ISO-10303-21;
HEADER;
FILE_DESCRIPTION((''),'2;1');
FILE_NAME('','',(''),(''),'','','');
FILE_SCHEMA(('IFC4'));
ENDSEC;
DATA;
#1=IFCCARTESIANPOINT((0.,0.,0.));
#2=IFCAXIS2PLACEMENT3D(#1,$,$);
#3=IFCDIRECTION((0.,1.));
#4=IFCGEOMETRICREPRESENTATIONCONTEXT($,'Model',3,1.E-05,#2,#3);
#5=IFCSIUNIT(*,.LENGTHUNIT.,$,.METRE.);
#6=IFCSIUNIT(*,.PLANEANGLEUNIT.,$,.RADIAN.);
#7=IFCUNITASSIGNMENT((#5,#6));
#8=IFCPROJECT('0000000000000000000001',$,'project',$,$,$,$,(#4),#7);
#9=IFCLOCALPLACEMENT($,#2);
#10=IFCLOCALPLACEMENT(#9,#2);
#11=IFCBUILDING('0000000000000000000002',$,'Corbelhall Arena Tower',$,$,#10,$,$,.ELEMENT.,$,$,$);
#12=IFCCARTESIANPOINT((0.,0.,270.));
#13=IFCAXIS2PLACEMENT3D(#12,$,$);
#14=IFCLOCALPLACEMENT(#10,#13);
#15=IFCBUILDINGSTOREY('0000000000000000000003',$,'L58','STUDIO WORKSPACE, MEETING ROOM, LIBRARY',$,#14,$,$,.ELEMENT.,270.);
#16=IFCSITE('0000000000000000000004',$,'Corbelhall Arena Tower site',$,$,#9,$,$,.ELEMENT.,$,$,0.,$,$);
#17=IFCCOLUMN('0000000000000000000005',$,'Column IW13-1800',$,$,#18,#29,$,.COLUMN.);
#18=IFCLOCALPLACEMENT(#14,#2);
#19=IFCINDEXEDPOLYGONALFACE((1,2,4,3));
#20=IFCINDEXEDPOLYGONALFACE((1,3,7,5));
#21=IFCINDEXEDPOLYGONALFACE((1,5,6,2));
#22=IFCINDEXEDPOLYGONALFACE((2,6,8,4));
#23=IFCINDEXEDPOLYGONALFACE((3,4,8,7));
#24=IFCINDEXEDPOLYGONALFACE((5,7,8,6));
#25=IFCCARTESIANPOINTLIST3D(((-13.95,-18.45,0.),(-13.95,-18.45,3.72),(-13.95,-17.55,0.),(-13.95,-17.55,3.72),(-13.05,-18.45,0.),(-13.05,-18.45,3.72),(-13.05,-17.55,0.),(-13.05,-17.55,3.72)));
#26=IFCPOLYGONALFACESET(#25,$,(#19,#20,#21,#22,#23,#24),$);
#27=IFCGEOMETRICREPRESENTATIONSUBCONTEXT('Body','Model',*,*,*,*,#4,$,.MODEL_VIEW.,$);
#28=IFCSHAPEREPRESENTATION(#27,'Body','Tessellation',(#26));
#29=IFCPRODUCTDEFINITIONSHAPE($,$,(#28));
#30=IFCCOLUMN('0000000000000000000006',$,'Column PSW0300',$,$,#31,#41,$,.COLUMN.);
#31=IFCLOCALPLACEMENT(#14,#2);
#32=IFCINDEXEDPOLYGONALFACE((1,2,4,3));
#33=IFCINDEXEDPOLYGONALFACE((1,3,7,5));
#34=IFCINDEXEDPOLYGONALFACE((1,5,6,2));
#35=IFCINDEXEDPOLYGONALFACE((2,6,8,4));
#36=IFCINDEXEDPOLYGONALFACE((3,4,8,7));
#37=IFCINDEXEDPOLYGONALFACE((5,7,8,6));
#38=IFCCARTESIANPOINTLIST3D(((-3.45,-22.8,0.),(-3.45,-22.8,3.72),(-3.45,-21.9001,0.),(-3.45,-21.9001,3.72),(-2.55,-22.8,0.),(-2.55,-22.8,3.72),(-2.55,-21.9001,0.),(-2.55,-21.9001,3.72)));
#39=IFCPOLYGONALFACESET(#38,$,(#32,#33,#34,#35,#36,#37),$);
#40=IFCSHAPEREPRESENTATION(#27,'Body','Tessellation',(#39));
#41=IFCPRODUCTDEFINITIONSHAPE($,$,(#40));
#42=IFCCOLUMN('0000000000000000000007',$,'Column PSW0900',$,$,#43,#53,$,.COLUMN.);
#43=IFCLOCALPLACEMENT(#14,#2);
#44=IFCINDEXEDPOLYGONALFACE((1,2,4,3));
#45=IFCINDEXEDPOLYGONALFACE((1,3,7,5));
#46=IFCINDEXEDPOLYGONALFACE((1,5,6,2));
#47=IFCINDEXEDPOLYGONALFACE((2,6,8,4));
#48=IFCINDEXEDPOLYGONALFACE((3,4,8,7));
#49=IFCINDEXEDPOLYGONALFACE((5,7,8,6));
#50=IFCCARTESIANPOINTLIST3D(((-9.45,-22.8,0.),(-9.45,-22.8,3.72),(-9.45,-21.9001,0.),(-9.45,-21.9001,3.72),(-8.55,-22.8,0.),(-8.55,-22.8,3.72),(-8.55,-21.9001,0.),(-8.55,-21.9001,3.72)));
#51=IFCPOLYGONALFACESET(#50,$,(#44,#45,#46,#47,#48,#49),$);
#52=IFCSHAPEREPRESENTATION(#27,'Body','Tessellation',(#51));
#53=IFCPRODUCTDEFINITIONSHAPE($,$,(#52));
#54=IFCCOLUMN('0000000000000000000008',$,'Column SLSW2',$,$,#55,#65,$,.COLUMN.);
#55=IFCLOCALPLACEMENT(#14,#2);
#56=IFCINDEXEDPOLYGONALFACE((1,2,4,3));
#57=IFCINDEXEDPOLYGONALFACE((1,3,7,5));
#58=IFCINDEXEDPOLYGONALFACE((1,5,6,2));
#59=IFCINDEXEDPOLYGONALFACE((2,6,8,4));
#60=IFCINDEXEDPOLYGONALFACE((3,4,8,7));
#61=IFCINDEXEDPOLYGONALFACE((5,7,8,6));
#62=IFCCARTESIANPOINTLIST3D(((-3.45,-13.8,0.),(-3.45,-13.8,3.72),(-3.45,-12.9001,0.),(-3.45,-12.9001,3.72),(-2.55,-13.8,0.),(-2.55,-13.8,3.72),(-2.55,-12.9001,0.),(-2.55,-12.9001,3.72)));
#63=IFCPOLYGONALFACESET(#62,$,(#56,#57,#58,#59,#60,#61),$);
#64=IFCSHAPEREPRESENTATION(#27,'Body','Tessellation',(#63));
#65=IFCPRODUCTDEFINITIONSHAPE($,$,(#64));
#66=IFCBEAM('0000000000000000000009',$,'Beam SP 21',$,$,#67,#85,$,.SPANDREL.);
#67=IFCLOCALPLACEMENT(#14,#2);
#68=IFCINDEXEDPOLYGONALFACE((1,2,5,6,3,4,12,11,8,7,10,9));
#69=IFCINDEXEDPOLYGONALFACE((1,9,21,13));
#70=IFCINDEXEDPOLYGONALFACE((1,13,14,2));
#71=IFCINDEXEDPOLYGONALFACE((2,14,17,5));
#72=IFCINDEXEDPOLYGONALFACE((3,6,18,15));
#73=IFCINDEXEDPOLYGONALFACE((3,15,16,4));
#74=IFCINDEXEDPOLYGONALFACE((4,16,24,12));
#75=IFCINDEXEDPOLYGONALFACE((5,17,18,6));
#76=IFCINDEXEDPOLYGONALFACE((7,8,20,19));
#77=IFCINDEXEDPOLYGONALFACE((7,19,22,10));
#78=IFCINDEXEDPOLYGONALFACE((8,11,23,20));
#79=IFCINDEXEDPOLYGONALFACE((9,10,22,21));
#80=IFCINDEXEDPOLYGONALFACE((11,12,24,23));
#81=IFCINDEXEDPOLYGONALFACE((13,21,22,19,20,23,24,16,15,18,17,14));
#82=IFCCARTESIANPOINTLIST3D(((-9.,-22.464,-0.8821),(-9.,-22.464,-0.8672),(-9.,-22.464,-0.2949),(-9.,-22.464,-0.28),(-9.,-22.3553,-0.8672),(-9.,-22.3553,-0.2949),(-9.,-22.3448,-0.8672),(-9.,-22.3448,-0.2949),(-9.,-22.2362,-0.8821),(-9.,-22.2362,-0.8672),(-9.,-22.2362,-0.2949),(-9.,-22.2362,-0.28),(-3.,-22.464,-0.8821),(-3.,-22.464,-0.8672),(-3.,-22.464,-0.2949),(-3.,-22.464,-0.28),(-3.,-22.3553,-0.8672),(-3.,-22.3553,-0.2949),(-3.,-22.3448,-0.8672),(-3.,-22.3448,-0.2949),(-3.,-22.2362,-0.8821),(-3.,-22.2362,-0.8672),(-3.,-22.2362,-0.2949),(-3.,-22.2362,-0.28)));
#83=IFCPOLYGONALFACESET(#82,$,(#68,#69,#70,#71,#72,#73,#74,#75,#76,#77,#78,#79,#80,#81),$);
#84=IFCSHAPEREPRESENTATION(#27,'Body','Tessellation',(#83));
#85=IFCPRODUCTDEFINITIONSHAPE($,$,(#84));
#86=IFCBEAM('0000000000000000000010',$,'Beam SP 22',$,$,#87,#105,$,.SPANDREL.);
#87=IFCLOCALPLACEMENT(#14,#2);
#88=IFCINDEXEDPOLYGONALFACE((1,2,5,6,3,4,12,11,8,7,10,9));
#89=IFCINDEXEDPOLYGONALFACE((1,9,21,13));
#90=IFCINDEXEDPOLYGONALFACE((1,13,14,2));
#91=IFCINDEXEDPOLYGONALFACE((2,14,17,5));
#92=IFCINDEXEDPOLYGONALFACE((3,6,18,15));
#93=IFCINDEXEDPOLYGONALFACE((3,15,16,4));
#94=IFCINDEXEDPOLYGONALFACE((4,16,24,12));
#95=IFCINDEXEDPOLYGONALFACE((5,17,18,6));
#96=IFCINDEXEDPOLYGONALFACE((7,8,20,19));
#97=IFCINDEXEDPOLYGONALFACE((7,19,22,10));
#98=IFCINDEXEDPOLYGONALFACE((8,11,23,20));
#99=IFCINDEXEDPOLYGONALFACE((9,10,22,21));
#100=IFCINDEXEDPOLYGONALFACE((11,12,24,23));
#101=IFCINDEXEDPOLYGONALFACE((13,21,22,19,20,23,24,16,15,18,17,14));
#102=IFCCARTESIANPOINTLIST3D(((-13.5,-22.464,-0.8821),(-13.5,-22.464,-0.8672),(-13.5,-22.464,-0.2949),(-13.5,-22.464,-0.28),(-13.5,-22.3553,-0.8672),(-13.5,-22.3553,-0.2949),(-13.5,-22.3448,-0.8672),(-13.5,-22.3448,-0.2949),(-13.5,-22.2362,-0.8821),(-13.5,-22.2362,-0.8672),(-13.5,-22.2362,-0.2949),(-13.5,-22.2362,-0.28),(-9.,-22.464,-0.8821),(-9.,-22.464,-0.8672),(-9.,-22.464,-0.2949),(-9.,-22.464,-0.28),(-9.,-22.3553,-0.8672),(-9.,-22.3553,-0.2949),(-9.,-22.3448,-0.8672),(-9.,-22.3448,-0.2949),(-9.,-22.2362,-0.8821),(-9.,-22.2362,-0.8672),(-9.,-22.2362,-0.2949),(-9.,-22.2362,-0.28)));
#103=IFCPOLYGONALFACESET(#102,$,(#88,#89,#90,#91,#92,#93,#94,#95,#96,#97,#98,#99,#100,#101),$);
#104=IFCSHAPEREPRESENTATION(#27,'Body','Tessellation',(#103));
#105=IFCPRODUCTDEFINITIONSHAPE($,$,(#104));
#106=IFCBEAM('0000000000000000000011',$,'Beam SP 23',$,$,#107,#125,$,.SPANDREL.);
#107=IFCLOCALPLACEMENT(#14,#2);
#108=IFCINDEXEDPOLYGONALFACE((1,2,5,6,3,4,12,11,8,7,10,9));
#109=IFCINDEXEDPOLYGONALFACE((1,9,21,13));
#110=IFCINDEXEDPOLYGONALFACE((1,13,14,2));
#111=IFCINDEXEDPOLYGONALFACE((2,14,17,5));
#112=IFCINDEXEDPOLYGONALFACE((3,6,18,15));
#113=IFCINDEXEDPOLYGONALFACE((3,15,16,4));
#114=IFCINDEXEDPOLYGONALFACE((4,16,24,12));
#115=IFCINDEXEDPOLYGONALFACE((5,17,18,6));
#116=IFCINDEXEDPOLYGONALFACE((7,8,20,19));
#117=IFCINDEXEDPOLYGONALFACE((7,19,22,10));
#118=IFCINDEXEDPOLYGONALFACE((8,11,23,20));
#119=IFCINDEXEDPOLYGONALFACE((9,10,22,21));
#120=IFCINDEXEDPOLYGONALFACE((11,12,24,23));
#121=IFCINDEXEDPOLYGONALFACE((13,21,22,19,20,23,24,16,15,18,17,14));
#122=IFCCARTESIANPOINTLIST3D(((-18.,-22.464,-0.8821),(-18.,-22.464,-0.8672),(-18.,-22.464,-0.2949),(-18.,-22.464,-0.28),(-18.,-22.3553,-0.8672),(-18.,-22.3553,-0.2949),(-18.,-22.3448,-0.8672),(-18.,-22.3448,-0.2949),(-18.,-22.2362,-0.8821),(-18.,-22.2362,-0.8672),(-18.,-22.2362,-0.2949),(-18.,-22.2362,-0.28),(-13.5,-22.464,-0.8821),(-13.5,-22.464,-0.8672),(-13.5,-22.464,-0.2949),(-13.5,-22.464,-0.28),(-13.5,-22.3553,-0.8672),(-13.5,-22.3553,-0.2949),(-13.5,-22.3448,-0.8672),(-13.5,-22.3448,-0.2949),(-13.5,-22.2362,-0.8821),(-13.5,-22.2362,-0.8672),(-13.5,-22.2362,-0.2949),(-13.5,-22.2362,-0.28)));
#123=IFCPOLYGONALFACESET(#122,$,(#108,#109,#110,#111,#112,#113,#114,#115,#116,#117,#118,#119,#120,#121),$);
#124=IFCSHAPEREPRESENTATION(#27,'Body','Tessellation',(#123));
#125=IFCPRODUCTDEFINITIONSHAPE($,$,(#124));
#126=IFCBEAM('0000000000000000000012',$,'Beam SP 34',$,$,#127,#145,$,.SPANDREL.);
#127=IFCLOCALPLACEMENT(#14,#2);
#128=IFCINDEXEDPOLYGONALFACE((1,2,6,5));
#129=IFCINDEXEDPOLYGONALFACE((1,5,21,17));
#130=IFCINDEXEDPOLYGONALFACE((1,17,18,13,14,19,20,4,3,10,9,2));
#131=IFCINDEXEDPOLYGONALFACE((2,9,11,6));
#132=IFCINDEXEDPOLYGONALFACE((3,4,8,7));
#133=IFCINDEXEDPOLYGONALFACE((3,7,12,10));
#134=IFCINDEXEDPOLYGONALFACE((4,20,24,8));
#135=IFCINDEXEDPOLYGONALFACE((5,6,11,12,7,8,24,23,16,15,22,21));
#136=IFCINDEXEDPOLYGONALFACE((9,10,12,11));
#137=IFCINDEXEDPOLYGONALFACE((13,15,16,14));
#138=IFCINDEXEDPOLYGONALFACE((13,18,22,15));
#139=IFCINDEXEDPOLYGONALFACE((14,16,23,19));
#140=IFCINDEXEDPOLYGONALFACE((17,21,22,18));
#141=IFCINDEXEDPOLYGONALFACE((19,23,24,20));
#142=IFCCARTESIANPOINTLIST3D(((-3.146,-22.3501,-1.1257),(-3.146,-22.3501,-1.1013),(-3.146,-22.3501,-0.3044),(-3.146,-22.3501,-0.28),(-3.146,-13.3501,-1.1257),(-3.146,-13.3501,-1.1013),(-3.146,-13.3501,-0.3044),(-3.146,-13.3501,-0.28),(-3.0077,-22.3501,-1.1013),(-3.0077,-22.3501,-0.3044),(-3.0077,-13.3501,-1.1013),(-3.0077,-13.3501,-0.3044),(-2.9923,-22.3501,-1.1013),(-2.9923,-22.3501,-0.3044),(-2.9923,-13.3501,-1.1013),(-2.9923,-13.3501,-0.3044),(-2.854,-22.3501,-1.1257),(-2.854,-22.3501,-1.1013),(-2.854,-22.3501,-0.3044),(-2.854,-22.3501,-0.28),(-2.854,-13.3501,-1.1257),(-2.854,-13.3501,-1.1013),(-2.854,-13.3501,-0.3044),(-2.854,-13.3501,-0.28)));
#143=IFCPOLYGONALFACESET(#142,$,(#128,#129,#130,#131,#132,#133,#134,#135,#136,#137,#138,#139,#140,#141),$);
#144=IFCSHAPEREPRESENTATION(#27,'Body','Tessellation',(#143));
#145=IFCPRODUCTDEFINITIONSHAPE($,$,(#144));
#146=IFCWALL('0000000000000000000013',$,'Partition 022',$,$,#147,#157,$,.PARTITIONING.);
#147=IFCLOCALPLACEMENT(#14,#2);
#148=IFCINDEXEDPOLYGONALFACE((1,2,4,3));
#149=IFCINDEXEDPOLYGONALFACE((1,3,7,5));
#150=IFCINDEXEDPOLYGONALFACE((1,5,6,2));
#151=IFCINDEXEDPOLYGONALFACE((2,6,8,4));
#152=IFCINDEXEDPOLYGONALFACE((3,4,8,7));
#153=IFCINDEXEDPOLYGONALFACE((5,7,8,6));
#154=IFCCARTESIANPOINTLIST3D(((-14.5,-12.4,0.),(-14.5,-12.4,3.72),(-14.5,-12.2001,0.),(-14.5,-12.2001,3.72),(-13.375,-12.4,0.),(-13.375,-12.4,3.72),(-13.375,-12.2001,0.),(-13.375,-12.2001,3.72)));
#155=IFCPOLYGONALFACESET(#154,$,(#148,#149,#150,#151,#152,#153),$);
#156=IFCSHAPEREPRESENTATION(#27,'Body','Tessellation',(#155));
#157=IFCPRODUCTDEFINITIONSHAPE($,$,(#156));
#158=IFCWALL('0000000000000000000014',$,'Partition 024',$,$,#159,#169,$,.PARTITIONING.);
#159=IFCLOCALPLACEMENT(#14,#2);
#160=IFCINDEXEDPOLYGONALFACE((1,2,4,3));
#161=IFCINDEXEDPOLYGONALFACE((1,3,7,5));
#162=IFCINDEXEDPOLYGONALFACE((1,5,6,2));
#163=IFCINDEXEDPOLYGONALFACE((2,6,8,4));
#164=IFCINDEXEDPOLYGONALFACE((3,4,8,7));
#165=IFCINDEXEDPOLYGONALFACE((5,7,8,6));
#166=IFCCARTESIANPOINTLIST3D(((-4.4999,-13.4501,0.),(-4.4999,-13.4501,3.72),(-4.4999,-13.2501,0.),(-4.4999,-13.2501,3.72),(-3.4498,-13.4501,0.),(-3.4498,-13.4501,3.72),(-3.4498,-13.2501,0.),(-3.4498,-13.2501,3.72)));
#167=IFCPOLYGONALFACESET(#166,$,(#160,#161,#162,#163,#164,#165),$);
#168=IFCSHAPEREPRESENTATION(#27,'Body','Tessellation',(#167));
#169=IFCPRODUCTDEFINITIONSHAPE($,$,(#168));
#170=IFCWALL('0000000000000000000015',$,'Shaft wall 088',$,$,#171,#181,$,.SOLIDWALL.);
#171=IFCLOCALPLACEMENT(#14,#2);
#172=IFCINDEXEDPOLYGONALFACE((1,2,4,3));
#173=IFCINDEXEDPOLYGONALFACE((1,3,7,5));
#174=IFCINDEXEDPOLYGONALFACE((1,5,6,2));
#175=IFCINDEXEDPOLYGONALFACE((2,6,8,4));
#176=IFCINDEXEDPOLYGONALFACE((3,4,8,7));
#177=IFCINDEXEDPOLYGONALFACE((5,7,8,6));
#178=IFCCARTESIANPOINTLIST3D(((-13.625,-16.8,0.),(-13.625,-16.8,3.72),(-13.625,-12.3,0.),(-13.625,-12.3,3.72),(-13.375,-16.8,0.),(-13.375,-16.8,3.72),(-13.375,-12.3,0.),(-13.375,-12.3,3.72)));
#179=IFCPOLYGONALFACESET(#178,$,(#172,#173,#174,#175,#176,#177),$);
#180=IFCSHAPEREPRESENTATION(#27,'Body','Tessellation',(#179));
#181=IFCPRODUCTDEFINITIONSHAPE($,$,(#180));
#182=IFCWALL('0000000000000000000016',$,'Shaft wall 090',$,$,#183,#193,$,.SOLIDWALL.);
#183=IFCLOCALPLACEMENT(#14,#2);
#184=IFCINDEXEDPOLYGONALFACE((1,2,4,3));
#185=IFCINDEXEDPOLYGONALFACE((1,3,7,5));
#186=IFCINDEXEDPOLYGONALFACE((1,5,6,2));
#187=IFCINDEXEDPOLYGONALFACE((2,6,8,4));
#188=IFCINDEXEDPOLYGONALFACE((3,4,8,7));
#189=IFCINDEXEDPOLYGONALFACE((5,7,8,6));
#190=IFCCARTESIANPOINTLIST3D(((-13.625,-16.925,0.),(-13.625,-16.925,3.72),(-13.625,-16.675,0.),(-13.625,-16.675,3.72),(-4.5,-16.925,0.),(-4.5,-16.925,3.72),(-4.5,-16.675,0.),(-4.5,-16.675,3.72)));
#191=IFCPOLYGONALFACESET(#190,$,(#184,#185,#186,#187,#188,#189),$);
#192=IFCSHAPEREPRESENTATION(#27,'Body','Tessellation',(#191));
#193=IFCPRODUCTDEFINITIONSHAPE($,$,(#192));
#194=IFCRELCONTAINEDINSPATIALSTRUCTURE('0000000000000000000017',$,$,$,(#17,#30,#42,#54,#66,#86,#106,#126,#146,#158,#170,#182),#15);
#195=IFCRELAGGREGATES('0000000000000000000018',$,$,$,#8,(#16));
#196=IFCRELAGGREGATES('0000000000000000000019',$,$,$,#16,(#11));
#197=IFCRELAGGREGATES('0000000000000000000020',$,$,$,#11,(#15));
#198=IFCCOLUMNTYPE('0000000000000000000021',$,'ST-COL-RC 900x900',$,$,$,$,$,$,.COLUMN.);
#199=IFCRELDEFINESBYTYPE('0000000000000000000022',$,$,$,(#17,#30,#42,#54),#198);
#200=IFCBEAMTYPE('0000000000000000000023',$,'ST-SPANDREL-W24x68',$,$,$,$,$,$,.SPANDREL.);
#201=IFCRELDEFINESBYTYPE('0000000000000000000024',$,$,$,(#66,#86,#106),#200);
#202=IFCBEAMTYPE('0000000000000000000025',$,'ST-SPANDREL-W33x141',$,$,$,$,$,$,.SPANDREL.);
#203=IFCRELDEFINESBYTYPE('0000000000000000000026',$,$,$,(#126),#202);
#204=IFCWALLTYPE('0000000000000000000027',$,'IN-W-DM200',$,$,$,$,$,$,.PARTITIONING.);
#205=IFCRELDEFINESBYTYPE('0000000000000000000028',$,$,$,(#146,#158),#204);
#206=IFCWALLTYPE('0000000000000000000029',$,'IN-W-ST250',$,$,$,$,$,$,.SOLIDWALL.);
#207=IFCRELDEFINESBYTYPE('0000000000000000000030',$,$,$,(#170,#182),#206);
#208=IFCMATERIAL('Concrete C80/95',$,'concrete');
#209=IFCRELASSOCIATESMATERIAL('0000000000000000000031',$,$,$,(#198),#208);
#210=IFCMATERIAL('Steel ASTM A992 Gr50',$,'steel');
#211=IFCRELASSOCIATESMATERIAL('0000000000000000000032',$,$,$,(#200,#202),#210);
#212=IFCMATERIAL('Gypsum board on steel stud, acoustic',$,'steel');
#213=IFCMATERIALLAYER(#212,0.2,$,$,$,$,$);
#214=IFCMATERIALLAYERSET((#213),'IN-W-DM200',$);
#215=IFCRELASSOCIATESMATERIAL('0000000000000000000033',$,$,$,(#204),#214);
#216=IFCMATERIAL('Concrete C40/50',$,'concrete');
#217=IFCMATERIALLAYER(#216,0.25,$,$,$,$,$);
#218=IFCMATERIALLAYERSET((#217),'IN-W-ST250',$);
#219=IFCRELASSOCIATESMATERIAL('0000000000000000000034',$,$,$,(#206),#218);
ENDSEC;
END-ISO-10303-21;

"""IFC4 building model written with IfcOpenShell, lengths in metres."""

from ifc_helpers import new_model, si_unit, direction, frame, frame_2d, origin, origin_2d, place, context, subcontext, project, spatial, rectangle, i_section, extrude, material, layer, layer_set, material_profile, profile_set, type_object, element, save


model = new_model("IFC4")

# Units and contexts
model_context = context("Model", 3, precision=1e-05, world=origin(), true_north=direction((0.0, 1.0)))
body_context = subcontext(model_context, "Body", "Model", "MODEL_VIEW")
ifc_project = project(units=[si_unit("LENGTHUNIT", "METRE"), si_unit("PLANEANGLEUNIT", "RADIAN")], contexts=[model_context])

# Site, building, storey
site_placement = place(None, origin())
site = spatial("IfcSite", under=ifc_project, at=site_placement, Name="Corbelhall Arena Tower site", CompositionType="ELEMENT", RefElevation=0.0)
building_placement = place(site_placement, origin())
building = spatial("IfcBuilding", under=site, at=building_placement, Name="Corbelhall Arena Tower", CompositionType="ELEMENT")
storey_placement = place(building_placement, frame((0.0, 0.0, 270.0)))
storey = spatial("IfcBuildingStorey", under=building, at=storey_placement, Name="L58", Description="STUDIO WORKSPACE, MEETING ROOM, LIBRARY", CompositionType="ELEMENT", Elevation=270.0)

# Columns
ifc_material_1 = material(Name="Concrete C80/95", Category="concrete")
ifc_material_profile_1 = material_profile(ifc_material_1, rectangle(XDim=0.8999, YDim=0.8999, at=origin_2d()))
ifc_profile_set_1 = profile_set([ifc_material_profile_1], Name="Concrete C80/95")
column_type = type_object("IfcColumnType", Name="ST-COL-RC 900x900", PredefinedType="COLUMN", material=ifc_profile_set_1)
for number, where, z_axis, x_axis, name in (
    (1, (-13.5, -18.0, 0.0), (0.0, 0.0, 1.0), (1.0, 0.0, 0.0), "Column IW13-1800"),
    (2, (-3.0, -22.3501, 0.0), (0.0, 0.0, 1.0), (1.0, 0.0, 0.0), "Column PSW0300"),
    (3, (-9.0, -22.3501, 0.0), (0.0, 0.0, 1.0), (1.0, 0.0, 0.0), "Column PSW0900"),
    (4, (-3.0, -13.3501, 0.0), (0.0, 0.0, 1.0), (1.0, 0.0, 0.0), "Column SLSW2"),
):
    element("IfcColumn", number, at=place(storey_placement, frame(where, z_axis=z_axis, x_axis=x_axis)), inside=storey, type_object=column_type, Name=name, PredefinedType="COLUMN", context=body_context, shape_type="SweptSolid", body=[
        extrude(rectangle(XDim=0.8999, YDim=0.8999, at=origin_2d()), origin(), (0.0, 0.0, 1.0), 3.72),
    ])

# Beams
ifc_material_2 = material(Name="Steel ASTM A992 Gr50", Category="steel")
ifc_material_profile_2 = material_profile(ifc_material_2, i_section(OverallWidth=0.2278, OverallDepth=0.6021, WebThickness=0.0105, FlangeThickness=0.0149, at=origin_2d()))
ifc_profile_set_2 = profile_set([ifc_material_profile_2], Name="Steel ASTM A992 Gr50")
beam_type_1 = type_object("IfcBeamType", Name="ST-SPANDREL-W24x68", PredefinedType="SPANDREL", material=ifc_profile_set_2)
beam_1_placement = place(storey_placement, frame((-3.0, -22.3501, -0.5811), z_axis=(-1.0, 0.0, 0.0), x_axis=(0.0, -1.0, 0.0)))
element("IfcBeam", 5, at=beam_1_placement, inside=storey, type_object=beam_type_1, Name="Beam SP 21", PredefinedType="SPANDREL", context=body_context, shape_type="SweptSolid", body=[
    extrude(i_section(OverallWidth=0.2278, OverallDepth=0.6021, WebThickness=0.0105, FlangeThickness=0.0149, at=origin_2d()), origin(), (0.0, 0.0, 1.0), 6.0),
])
for number, where, z_axis, x_axis, name in (
    (6, (-9.0, -22.3501, -0.5811), (-1.0, 0.0, 0.0), (0.0, -1.0, 0.0), "Beam SP 22"),
    (7, (-13.5, -22.3501, -0.5811), (-1.0, 0.0, 0.0), (0.0, -1.0, 0.0), "Beam SP 23"),
):
    element("IfcBeam", number, at=place(storey_placement, frame(where, z_axis=z_axis, x_axis=x_axis)), inside=storey, type_object=beam_type_1, Name=name, PredefinedType="SPANDREL", context=body_context, shape_type="SweptSolid", body=[
        extrude(i_section(OverallWidth=0.2278, OverallDepth=0.6021, WebThickness=0.0105, FlangeThickness=0.0149, at=origin_2d()), origin(), (0.0, 0.0, 1.0), 4.5),
    ])
ifc_material_profile_3 = material_profile(ifc_material_2, i_section(OverallWidth=0.292, OverallDepth=0.8457, WebThickness=0.0154, FlangeThickness=0.0244, at=origin_2d()))
ifc_profile_set_3 = profile_set([ifc_material_profile_3], Name="Steel ASTM A992 Gr50")
beam_type_2 = type_object("IfcBeamType", Name="ST-SPANDREL-W33x141", PredefinedType="SPANDREL", material=ifc_profile_set_3)
beam_2_placement = place(storey_placement, frame((-3.0, -13.3501, -0.7029), z_axis=(0.0, -1.0, 0.0), x_axis=(1.0, 0.0, 0.0)))
element("IfcBeam", 8, at=beam_2_placement, inside=storey, type_object=beam_type_2, Name="Beam SP 34", PredefinedType="SPANDREL", context=body_context, shape_type="SweptSolid", body=[
    extrude(i_section(OverallWidth=0.292, OverallDepth=0.8457, WebThickness=0.0154, FlangeThickness=0.0244, at=origin_2d()), origin(), (0.0, 0.0, 1.0), 9.0),
])

# Walls
ifc_material_3 = material(Name="Gypsum board on steel stud, acoustic", Category="steel")
ifc_layer_1 = layer(ifc_material_3, 0.2)
ifc_layer_set_1 = layer_set([ifc_layer_1], Name="IN-W-DM200")
wall_type_1 = type_object("IfcWallType", Name="IN-W-DM200", PredefinedType="PARTITIONING", material=ifc_layer_set_1)
wall_1_placement = place(storey_placement, frame((-13.375, -12.3, 0.0), z_axis=(0.0, 0.0, 1.0), x_axis=(-1.0, 0.0, 0.0)))
element("IfcWall", 9, at=wall_1_placement, inside=storey, type_object=wall_type_1, Name="Partition 022", PredefinedType="PARTITIONING", context=body_context, shape_type="SweptSolid", body=[
    extrude(rectangle(XDim=1.125, YDim=0.2, at=frame_2d((0.5625, 0.0))), origin(), (0.0, 0.0, 1.0), 3.72),
])
wall_2_placement = place(storey_placement, frame((-3.45, -13.3501, 0.0), z_axis=(0.0, 0.0, 1.0), x_axis=(-1.0, 0.0, 0.0)))
element("IfcWall", 10, at=wall_2_placement, inside=storey, type_object=wall_type_1, Name="Partition 024", PredefinedType="PARTITIONING", context=body_context, shape_type="SweptSolid", body=[
    extrude(rectangle(XDim=1.05, YDim=0.2, at=frame_2d((0.5249, 0.0))), origin(), (0.0, 0.0, 1.0), 3.72),
])
ifc_material_4 = material(Name="Concrete C40/50", Category="concrete")
ifc_layer_2 = layer(ifc_material_4, 0.25)
ifc_layer_set_2 = layer_set([ifc_layer_2], Name="IN-W-ST250")
wall_type_2 = type_object("IfcWallType", Name="IN-W-ST250", PredefinedType="SOLIDWALL", material=ifc_layer_set_2)
wall_3_placement = place(storey_placement, frame((-13.5, -16.8, 0.0), z_axis=(0.0, 0.0, 1.0), x_axis=(0.0, 1.0, 0.0)))
element("IfcWall", 11, at=wall_3_placement, inside=storey, type_object=wall_type_2, Name="Shaft wall 088", PredefinedType="SOLIDWALL", context=body_context, shape_type="SweptSolid", body=[
    extrude(rectangle(XDim=4.5, YDim=0.25, at=frame_2d((2.25, 0.0))), origin(), (0.0, 0.0, 1.0), 3.72),
])
wall_4_placement = place(storey_placement, frame((-4.5, -16.8, 0.0), z_axis=(0.0, 0.0, 1.0), x_axis=(-1.0, 0.0, 0.0)))
element("IfcWall", 12, at=wall_4_placement, inside=storey, type_object=wall_type_2, Name="Shaft wall 090", PredefinedType="SOLIDWALL", context=body_context, shape_type="SweptSolid", body=[
    extrude(rectangle(XDim=9.125, YDim=0.25, at=frame_2d((4.5625, 0.0))), origin(), (0.0, 0.0, 1.0), 3.72),
])

save(model, "model.ifc")
